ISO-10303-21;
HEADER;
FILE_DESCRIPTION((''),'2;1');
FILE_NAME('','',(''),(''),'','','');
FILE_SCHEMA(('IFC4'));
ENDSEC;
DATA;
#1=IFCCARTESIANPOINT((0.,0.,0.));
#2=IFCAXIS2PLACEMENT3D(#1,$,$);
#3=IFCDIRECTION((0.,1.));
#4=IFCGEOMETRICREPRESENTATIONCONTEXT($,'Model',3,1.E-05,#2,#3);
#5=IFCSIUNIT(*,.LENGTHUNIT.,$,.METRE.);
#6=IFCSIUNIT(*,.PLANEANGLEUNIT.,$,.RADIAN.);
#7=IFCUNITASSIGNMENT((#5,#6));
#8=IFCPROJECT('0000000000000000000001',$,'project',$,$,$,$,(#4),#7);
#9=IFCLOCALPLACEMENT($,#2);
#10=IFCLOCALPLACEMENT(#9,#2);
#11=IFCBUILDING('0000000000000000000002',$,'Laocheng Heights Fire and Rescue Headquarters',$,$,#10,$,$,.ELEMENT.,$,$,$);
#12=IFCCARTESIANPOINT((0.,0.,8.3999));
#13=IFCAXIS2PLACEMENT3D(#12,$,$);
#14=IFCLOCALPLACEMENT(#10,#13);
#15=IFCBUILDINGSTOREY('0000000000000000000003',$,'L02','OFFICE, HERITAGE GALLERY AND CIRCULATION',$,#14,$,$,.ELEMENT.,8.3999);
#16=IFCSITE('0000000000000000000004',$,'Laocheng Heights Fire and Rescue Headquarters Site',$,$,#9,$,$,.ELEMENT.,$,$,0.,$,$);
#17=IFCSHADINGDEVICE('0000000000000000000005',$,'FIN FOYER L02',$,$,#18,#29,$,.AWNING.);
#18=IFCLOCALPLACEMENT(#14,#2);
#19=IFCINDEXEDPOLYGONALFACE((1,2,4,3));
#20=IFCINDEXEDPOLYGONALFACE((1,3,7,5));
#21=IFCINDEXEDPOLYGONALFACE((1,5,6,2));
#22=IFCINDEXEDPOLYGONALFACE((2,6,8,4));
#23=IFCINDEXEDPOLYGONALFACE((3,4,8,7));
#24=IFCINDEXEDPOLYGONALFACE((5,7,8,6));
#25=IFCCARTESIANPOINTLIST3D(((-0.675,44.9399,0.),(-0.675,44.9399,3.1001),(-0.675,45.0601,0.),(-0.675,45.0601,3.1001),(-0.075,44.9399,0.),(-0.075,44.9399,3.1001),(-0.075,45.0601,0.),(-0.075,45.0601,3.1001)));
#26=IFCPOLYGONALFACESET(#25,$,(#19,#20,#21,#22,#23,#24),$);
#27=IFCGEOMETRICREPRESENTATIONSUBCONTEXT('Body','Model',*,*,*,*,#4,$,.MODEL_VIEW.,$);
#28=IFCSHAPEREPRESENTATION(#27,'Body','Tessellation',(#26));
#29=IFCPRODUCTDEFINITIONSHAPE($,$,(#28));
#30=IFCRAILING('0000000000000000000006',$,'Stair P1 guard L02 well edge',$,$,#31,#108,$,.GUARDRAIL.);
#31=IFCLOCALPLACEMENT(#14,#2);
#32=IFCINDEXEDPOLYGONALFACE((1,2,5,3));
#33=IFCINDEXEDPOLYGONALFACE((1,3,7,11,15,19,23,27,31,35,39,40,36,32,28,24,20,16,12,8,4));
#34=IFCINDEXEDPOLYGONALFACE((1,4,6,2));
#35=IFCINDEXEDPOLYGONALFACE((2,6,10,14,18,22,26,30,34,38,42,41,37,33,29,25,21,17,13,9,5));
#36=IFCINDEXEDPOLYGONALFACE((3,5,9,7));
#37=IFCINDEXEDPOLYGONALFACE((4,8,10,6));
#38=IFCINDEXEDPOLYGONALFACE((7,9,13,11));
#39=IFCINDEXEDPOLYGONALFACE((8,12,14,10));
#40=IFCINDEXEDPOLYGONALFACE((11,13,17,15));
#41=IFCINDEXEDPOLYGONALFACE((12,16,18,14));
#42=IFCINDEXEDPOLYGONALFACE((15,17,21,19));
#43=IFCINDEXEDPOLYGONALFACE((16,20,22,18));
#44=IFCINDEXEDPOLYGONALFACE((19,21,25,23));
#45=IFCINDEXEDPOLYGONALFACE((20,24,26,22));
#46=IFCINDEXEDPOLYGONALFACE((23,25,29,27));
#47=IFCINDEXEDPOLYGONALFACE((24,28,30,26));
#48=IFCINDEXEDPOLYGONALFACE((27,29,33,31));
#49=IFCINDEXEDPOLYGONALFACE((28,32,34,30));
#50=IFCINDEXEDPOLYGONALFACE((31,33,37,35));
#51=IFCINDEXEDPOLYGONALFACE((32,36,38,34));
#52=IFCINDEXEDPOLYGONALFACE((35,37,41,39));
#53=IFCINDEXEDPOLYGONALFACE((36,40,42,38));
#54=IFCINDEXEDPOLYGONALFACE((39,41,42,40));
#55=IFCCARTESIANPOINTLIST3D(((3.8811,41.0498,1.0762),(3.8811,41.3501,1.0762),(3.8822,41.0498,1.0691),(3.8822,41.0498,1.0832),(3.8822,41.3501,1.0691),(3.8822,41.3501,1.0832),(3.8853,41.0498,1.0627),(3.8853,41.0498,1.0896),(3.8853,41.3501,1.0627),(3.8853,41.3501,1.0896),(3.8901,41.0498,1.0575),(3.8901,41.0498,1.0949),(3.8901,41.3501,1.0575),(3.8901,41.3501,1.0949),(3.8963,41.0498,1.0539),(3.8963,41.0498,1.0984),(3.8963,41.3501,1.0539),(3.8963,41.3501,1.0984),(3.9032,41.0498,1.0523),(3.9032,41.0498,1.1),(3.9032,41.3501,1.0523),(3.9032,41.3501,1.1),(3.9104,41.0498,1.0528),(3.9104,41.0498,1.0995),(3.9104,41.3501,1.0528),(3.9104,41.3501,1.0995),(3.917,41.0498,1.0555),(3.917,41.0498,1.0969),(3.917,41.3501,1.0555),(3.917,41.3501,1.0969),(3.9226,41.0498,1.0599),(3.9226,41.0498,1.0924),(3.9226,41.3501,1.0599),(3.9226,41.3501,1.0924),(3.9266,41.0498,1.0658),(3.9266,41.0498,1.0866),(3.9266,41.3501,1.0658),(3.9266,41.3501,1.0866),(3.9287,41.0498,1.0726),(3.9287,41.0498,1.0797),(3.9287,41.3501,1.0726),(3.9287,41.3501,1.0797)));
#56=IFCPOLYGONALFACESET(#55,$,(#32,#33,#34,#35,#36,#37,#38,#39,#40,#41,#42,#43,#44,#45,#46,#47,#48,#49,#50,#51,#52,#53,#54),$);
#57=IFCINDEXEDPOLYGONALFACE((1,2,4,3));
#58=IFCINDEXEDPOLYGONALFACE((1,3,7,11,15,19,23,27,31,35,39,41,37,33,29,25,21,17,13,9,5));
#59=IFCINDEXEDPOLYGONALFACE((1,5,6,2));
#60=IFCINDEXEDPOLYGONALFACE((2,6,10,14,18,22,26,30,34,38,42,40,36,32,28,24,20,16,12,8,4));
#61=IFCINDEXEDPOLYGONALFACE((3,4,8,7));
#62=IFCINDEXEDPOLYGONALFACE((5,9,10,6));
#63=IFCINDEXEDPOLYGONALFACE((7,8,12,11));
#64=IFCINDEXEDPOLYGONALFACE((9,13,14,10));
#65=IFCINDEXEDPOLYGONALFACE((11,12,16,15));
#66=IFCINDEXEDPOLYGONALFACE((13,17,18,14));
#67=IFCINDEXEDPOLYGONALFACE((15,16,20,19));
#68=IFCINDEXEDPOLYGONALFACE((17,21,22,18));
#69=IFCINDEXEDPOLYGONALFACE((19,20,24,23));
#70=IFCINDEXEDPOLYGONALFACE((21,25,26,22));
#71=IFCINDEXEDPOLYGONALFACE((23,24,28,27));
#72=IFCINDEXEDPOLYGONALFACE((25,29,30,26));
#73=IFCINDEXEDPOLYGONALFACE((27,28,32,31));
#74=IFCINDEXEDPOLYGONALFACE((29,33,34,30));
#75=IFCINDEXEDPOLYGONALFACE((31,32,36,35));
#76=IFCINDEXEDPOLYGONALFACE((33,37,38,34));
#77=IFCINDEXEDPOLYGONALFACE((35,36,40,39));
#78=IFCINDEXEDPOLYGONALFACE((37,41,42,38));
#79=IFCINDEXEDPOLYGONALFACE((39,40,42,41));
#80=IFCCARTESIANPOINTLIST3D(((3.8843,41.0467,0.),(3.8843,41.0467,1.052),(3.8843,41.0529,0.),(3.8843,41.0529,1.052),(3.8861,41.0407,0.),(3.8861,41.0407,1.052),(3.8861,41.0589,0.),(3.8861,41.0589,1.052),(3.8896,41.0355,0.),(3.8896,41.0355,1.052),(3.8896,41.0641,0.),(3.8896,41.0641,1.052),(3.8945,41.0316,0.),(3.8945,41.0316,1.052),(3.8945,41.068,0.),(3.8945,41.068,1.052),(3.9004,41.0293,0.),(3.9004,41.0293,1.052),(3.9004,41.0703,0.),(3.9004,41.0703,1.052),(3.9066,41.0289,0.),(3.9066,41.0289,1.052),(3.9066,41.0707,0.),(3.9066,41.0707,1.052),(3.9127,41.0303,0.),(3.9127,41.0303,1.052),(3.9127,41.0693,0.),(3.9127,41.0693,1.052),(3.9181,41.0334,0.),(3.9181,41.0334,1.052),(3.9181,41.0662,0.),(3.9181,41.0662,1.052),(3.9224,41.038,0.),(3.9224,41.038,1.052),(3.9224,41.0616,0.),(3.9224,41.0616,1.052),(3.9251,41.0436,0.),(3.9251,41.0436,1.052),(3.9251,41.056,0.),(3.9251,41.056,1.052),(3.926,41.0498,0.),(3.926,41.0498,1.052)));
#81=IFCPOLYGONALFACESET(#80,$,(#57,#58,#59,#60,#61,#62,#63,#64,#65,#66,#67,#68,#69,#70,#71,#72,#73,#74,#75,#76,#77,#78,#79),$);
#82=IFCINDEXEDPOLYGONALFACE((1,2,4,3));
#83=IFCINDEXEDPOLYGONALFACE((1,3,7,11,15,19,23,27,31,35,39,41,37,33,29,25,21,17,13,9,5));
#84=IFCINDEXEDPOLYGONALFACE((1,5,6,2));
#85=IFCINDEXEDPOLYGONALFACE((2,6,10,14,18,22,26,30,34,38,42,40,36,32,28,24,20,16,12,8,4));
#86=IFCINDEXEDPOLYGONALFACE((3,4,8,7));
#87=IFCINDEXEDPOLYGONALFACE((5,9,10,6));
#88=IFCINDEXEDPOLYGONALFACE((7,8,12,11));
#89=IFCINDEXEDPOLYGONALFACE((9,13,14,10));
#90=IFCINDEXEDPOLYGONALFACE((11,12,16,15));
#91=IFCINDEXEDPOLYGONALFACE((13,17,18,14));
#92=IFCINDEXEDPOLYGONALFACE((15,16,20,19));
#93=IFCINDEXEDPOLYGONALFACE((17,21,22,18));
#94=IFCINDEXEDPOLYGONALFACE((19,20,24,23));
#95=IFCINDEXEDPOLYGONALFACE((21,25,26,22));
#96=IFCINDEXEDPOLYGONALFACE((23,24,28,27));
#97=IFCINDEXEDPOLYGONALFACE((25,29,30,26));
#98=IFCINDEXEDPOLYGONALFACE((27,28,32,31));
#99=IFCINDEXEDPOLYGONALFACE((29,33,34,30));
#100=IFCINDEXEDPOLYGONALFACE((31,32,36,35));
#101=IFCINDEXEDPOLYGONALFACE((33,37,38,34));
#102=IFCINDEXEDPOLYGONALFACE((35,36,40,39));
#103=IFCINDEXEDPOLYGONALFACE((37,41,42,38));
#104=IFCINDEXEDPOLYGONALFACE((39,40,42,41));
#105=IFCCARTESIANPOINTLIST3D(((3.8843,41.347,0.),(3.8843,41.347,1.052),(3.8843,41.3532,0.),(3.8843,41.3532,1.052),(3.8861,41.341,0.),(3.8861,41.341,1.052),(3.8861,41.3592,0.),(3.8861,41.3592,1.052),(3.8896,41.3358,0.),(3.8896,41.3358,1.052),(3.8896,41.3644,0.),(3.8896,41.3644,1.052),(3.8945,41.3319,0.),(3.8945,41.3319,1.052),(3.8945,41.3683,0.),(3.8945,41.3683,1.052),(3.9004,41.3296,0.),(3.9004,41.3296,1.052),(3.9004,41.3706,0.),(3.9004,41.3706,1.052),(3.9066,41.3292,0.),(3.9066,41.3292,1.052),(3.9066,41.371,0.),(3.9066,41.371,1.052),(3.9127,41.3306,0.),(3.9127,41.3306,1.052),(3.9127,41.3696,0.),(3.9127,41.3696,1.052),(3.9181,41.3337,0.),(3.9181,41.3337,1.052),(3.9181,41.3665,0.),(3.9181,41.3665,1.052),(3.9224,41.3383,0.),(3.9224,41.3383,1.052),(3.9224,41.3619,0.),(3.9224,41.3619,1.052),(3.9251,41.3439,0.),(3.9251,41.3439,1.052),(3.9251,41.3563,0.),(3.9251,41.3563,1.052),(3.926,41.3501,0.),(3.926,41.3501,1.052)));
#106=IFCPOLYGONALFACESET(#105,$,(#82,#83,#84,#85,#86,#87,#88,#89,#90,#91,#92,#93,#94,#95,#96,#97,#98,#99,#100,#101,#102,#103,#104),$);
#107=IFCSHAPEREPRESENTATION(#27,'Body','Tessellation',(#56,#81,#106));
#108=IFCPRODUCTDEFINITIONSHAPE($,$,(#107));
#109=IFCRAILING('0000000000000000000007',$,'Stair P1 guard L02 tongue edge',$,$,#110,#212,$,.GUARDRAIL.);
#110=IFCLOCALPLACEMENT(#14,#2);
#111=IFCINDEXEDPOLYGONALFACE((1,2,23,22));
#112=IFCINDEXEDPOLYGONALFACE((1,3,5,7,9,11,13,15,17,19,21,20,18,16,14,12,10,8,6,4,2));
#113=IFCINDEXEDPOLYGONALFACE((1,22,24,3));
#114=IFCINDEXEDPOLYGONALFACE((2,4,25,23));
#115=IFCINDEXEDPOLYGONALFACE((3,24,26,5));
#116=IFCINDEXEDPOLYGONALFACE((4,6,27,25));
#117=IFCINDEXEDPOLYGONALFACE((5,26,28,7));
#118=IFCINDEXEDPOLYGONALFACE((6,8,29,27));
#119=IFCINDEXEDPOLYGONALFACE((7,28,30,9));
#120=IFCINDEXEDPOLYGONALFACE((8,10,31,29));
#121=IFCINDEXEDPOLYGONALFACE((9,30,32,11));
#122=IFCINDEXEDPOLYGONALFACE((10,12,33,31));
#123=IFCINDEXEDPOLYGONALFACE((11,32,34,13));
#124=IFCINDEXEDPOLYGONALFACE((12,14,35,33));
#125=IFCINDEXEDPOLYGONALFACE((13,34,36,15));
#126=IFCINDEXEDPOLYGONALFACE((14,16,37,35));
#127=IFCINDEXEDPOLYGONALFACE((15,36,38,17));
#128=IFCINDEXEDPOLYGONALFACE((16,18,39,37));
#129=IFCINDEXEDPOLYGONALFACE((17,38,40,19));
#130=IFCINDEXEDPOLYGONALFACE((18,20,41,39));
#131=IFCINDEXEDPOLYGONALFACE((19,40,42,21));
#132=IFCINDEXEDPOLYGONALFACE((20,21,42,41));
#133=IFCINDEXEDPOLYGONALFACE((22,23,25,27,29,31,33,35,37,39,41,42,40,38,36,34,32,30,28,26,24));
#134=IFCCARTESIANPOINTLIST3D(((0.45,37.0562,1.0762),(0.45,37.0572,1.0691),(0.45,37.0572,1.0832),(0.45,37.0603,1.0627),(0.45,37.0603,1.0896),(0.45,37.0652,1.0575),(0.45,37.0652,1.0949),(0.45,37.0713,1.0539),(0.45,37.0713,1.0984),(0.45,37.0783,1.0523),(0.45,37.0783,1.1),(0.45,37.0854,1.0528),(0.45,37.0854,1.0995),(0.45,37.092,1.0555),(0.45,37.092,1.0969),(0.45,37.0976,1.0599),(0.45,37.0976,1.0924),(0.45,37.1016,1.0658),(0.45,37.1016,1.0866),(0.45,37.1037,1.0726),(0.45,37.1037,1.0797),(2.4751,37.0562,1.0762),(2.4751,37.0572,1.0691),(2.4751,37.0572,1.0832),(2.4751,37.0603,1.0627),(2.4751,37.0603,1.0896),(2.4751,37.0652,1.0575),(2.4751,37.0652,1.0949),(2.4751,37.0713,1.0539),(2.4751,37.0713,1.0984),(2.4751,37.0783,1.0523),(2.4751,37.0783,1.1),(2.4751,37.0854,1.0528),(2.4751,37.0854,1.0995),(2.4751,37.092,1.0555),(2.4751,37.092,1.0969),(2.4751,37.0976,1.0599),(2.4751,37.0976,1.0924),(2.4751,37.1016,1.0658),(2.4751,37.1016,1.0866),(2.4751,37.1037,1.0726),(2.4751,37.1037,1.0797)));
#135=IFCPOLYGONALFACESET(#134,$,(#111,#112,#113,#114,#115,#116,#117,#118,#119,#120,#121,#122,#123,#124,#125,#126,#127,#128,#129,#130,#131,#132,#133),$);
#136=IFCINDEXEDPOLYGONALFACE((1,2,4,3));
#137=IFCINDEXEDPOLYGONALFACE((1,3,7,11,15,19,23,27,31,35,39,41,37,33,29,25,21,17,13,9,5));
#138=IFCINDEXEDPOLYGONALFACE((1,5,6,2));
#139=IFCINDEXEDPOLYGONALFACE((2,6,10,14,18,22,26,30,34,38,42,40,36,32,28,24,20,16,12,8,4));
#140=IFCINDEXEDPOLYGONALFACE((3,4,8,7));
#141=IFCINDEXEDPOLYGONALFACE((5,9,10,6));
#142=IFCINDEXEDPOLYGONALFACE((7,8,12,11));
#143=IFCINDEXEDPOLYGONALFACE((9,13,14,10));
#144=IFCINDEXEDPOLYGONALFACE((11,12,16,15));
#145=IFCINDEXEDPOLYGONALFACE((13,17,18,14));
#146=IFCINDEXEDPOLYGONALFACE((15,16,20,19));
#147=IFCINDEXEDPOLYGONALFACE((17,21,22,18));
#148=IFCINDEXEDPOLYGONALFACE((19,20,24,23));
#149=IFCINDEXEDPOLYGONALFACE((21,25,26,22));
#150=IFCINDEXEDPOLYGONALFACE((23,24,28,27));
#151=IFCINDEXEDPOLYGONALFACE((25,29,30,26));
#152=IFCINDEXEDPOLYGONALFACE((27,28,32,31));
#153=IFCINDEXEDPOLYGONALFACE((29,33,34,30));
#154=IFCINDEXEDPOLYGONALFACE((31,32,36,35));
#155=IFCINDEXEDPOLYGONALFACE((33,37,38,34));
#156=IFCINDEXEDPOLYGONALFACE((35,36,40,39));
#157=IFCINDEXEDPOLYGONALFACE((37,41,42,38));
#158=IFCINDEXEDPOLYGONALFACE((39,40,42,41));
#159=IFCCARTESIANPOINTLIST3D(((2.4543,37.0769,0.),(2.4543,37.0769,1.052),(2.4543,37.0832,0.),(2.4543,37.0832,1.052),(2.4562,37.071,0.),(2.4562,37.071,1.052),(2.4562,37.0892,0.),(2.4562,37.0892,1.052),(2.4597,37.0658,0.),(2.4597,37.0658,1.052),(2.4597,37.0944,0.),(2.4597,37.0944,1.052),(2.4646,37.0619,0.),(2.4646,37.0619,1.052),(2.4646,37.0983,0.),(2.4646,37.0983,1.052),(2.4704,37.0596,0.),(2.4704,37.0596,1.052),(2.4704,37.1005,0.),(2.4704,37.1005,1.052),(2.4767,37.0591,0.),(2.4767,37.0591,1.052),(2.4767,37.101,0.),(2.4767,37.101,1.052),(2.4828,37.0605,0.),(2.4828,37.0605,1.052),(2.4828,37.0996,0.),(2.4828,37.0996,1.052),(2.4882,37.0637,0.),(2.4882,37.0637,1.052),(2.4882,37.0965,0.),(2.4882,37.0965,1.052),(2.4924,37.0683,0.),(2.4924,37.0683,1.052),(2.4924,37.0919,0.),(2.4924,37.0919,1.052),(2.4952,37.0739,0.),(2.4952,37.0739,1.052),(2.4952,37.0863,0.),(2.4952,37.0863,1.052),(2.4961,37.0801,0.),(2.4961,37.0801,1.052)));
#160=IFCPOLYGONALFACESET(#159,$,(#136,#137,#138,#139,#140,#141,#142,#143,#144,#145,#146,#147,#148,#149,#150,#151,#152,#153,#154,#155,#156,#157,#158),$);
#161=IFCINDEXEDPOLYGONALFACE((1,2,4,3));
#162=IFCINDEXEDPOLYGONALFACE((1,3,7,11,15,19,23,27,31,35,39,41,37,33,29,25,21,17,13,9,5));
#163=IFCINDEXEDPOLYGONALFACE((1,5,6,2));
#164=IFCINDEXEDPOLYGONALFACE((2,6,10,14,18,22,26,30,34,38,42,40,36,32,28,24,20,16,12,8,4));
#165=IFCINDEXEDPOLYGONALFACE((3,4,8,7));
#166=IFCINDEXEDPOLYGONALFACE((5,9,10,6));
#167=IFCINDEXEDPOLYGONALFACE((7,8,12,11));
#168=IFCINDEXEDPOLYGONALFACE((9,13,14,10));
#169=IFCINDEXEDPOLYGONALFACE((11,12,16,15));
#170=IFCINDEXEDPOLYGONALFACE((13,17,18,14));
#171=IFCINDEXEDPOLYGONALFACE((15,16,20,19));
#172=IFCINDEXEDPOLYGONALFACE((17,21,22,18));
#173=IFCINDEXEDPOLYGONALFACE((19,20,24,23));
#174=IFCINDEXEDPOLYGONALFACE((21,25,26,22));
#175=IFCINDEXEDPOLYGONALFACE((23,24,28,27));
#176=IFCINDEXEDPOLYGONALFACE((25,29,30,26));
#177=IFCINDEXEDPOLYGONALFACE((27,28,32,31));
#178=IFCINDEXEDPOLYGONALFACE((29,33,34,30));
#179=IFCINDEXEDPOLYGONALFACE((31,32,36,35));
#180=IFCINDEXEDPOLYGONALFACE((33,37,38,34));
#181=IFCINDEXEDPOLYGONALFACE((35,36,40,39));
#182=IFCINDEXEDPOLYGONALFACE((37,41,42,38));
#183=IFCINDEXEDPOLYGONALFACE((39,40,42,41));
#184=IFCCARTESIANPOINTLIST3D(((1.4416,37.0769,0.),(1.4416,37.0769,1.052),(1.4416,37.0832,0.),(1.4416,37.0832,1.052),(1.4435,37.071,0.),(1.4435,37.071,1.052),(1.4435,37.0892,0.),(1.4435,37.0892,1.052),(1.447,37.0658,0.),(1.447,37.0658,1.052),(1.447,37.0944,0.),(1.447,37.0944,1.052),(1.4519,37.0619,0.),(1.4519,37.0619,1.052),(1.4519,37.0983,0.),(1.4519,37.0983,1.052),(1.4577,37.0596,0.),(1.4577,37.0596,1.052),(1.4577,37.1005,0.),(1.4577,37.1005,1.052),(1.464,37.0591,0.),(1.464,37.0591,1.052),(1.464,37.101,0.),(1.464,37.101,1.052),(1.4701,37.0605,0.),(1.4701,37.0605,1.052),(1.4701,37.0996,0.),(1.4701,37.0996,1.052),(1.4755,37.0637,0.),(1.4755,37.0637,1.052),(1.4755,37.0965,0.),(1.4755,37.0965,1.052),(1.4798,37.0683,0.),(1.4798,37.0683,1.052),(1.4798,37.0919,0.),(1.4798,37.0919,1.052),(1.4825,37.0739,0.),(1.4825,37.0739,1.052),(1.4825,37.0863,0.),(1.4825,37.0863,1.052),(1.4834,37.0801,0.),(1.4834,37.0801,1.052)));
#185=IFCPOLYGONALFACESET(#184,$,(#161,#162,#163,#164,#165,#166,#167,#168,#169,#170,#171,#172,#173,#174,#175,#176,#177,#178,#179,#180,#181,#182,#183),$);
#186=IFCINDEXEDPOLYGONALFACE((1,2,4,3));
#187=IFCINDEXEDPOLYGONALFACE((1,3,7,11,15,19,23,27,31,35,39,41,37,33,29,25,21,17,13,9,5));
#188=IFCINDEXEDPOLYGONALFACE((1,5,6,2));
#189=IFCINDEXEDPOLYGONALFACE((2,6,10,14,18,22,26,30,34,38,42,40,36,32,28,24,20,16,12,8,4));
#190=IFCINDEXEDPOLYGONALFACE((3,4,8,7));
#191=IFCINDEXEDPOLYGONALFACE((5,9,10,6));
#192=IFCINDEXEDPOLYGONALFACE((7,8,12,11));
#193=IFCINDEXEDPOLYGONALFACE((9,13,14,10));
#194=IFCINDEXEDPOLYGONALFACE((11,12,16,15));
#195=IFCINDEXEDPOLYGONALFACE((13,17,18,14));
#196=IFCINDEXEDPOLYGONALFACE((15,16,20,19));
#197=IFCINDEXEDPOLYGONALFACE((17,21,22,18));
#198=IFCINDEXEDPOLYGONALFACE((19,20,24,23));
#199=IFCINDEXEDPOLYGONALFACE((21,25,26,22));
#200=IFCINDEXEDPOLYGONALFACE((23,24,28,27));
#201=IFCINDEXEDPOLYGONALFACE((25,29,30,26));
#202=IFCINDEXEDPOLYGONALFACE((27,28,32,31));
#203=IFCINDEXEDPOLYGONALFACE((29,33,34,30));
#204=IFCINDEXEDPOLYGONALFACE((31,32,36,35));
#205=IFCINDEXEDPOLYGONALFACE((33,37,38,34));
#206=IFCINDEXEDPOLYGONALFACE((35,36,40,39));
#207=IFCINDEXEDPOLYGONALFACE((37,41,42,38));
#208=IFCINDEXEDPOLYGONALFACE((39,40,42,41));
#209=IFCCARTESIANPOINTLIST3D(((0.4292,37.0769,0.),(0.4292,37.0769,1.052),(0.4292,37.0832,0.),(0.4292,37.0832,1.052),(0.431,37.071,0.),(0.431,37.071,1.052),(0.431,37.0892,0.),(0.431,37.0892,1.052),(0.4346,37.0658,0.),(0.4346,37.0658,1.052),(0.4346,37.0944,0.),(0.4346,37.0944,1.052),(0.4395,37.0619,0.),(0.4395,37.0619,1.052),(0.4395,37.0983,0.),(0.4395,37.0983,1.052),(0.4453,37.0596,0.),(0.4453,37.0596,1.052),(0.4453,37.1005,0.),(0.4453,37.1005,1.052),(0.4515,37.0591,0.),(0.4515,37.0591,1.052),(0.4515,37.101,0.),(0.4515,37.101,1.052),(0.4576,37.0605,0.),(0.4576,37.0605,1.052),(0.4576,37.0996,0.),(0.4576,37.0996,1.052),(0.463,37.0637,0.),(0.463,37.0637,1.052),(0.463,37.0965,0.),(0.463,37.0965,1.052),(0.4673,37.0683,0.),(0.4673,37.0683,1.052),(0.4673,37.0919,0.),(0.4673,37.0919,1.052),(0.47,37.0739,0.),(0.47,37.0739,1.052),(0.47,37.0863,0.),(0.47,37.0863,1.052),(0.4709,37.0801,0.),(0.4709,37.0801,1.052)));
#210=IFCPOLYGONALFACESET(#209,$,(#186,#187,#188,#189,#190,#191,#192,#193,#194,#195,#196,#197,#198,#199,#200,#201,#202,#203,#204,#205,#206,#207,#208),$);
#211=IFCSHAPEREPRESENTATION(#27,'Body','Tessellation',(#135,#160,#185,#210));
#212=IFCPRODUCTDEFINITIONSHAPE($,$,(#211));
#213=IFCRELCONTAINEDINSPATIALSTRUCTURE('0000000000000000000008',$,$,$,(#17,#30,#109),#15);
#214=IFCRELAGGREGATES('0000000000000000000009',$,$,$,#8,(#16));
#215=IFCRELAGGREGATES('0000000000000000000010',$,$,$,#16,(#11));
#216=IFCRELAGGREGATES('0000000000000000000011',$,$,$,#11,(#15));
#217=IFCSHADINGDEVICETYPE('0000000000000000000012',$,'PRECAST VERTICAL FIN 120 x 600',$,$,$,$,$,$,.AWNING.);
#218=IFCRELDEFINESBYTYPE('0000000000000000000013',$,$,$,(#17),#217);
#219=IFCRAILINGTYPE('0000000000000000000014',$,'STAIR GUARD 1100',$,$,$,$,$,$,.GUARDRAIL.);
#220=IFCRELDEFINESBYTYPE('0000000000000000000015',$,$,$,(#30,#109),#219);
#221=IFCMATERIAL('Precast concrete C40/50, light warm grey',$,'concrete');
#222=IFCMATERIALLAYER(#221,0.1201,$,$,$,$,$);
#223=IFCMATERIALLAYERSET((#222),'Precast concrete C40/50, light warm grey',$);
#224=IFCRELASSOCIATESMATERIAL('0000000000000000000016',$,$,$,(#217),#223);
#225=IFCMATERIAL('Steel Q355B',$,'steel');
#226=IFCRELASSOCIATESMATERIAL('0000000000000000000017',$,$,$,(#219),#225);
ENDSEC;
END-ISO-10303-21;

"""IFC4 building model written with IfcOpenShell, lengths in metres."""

from ifc_helpers import new_model, si_unit, direction, frame, origin, origin_2d, place, context, subcontext, project, spatial, rectangle, circle, extrude, material, layer, layer_set, type_object, element, save


model = new_model("IFC4")

# Units and contexts
model_context = context("Model", 3, precision=1e-05, world=origin(), true_north=direction((0.0, 1.0)))
body_context = subcontext(model_context, "Body", "Model", "MODEL_VIEW")
ifc_project = project(units=[si_unit("LENGTHUNIT", "METRE"), si_unit("PLANEANGLEUNIT", "RADIAN")], contexts=[model_context])

# Site, building, storey
site_placement = place(None, origin())
site = spatial("IfcSite", under=ifc_project, at=site_placement, Name="Laocheng Heights Fire and Rescue Headquarters Site", CompositionType="ELEMENT", RefElevation=0.0)
building_placement = place(site_placement, origin())
building = spatial("IfcBuilding", under=site, at=building_placement, Name="Laocheng Heights Fire and Rescue Headquarters", CompositionType="ELEMENT")
storey_placement = place(building_placement, frame((0.0, 0.0, 8.3999)))
storey = spatial("IfcBuildingStorey", under=building, at=storey_placement, Name="L02", Description="OFFICE, HERITAGE GALLERY AND CIRCULATION", CompositionType="ELEMENT", Elevation=8.3999)

# Shading device
ifc_material_1 = material(Name="Precast concrete C40/50, light warm grey", Category="concrete")
ifc_layer_1 = layer(ifc_material_1, 0.1201)
ifc_layer_set_1 = layer_set([ifc_layer_1], Name="Precast concrete C40/50, light warm grey")
shading_device_type = type_object("IfcShadingDeviceType", Name="PRECAST VERTICAL FIN 120 x 600", PredefinedType="AWNING", material=ifc_layer_set_1)
shading_device_placement = place(storey_placement, frame((-0.375, 45.0, 0.0), z_axis=(0.0, 0.0, 1.0), x_axis=(1.0, 0.0, 0.0)))
element("IfcShadingDevice", 1, at=shading_device_placement, inside=storey, type_object=shading_device_type, Name="FIN FOYER L02", PredefinedType="AWNING", context=body_context, shape_type="SweptSolid", body=[
    extrude(rectangle(XDim=0.6001, YDim=0.1201, at=origin_2d()), origin(), (0.0, 0.0, 1.0), 3.1001),
])

# Railings
ifc_material_2 = material(Name="Steel Q355B", Category="steel")
railing_type_1 = type_object("IfcRailingType", Name="STAIR GUARD 1100", PredefinedType="GUARDRAIL", material=ifc_material_2)
railing_1_placement = place(storey_placement, frame((3.905, 41.0498, 0.0)))
element("IfcRailing", 2, at=railing_1_placement, inside=storey, type_object=railing_type_1, Name="Stair P1 guard L02 well edge", PredefinedType="GUARDRAIL", context=body_context, shape_type="SweptSolid", body=[
    extrude(circle(Radius=0.0239, at=origin_2d()), frame((0.0, 0.0, 1.0762), z_axis=(0.0, 1.0, 0.0), x_axis=(-1.0, 0.0, 0.0)), (0.0, 0.0, 1.0), 0.3003),
    extrude(circle(Radius=0.021, at=origin_2d()), origin(), (0.0, 0.0, 1.0), 1.052),
    extrude(circle(Radius=0.021, at=origin_2d()), frame((0.0, 0.3003, 0.0)), (0.0, 0.0, 1.0), 1.052),
])
railing_2_placement = place(storey_placement, frame((2.4751, 37.0801, 0.0)))
element("IfcRailing", 3, at=railing_2_placement, inside=storey, type_object=railing_type_1, Name="Stair P1 guard L02 tongue edge", PredefinedType="GUARDRAIL", context=body_context, shape_type="SweptSolid", body=[
    extrude(circle(Radius=0.0239, at=origin_2d()), frame((0.0, 0.0, 1.0762), z_axis=(-1.0, 0.0, 0.0), x_axis=(0.0, -1.0, 0.0)), (0.0, 0.0, 1.0), 2.0251),
    extrude(circle(Radius=0.021, at=origin_2d()), origin(), (0.0, 0.0, 1.0), 1.052),
    extrude(circle(Radius=0.021, at=origin_2d()), frame((-1.0127, 0.0, 0.0)), (0.0, 0.0, 1.0), 1.052),
    extrude(circle(Radius=0.021, at=origin_2d()), frame((-2.0251, 0.0, 0.0)), (0.0, 0.0, 1.0), 1.052),
])

save(model, "model.ifc")
